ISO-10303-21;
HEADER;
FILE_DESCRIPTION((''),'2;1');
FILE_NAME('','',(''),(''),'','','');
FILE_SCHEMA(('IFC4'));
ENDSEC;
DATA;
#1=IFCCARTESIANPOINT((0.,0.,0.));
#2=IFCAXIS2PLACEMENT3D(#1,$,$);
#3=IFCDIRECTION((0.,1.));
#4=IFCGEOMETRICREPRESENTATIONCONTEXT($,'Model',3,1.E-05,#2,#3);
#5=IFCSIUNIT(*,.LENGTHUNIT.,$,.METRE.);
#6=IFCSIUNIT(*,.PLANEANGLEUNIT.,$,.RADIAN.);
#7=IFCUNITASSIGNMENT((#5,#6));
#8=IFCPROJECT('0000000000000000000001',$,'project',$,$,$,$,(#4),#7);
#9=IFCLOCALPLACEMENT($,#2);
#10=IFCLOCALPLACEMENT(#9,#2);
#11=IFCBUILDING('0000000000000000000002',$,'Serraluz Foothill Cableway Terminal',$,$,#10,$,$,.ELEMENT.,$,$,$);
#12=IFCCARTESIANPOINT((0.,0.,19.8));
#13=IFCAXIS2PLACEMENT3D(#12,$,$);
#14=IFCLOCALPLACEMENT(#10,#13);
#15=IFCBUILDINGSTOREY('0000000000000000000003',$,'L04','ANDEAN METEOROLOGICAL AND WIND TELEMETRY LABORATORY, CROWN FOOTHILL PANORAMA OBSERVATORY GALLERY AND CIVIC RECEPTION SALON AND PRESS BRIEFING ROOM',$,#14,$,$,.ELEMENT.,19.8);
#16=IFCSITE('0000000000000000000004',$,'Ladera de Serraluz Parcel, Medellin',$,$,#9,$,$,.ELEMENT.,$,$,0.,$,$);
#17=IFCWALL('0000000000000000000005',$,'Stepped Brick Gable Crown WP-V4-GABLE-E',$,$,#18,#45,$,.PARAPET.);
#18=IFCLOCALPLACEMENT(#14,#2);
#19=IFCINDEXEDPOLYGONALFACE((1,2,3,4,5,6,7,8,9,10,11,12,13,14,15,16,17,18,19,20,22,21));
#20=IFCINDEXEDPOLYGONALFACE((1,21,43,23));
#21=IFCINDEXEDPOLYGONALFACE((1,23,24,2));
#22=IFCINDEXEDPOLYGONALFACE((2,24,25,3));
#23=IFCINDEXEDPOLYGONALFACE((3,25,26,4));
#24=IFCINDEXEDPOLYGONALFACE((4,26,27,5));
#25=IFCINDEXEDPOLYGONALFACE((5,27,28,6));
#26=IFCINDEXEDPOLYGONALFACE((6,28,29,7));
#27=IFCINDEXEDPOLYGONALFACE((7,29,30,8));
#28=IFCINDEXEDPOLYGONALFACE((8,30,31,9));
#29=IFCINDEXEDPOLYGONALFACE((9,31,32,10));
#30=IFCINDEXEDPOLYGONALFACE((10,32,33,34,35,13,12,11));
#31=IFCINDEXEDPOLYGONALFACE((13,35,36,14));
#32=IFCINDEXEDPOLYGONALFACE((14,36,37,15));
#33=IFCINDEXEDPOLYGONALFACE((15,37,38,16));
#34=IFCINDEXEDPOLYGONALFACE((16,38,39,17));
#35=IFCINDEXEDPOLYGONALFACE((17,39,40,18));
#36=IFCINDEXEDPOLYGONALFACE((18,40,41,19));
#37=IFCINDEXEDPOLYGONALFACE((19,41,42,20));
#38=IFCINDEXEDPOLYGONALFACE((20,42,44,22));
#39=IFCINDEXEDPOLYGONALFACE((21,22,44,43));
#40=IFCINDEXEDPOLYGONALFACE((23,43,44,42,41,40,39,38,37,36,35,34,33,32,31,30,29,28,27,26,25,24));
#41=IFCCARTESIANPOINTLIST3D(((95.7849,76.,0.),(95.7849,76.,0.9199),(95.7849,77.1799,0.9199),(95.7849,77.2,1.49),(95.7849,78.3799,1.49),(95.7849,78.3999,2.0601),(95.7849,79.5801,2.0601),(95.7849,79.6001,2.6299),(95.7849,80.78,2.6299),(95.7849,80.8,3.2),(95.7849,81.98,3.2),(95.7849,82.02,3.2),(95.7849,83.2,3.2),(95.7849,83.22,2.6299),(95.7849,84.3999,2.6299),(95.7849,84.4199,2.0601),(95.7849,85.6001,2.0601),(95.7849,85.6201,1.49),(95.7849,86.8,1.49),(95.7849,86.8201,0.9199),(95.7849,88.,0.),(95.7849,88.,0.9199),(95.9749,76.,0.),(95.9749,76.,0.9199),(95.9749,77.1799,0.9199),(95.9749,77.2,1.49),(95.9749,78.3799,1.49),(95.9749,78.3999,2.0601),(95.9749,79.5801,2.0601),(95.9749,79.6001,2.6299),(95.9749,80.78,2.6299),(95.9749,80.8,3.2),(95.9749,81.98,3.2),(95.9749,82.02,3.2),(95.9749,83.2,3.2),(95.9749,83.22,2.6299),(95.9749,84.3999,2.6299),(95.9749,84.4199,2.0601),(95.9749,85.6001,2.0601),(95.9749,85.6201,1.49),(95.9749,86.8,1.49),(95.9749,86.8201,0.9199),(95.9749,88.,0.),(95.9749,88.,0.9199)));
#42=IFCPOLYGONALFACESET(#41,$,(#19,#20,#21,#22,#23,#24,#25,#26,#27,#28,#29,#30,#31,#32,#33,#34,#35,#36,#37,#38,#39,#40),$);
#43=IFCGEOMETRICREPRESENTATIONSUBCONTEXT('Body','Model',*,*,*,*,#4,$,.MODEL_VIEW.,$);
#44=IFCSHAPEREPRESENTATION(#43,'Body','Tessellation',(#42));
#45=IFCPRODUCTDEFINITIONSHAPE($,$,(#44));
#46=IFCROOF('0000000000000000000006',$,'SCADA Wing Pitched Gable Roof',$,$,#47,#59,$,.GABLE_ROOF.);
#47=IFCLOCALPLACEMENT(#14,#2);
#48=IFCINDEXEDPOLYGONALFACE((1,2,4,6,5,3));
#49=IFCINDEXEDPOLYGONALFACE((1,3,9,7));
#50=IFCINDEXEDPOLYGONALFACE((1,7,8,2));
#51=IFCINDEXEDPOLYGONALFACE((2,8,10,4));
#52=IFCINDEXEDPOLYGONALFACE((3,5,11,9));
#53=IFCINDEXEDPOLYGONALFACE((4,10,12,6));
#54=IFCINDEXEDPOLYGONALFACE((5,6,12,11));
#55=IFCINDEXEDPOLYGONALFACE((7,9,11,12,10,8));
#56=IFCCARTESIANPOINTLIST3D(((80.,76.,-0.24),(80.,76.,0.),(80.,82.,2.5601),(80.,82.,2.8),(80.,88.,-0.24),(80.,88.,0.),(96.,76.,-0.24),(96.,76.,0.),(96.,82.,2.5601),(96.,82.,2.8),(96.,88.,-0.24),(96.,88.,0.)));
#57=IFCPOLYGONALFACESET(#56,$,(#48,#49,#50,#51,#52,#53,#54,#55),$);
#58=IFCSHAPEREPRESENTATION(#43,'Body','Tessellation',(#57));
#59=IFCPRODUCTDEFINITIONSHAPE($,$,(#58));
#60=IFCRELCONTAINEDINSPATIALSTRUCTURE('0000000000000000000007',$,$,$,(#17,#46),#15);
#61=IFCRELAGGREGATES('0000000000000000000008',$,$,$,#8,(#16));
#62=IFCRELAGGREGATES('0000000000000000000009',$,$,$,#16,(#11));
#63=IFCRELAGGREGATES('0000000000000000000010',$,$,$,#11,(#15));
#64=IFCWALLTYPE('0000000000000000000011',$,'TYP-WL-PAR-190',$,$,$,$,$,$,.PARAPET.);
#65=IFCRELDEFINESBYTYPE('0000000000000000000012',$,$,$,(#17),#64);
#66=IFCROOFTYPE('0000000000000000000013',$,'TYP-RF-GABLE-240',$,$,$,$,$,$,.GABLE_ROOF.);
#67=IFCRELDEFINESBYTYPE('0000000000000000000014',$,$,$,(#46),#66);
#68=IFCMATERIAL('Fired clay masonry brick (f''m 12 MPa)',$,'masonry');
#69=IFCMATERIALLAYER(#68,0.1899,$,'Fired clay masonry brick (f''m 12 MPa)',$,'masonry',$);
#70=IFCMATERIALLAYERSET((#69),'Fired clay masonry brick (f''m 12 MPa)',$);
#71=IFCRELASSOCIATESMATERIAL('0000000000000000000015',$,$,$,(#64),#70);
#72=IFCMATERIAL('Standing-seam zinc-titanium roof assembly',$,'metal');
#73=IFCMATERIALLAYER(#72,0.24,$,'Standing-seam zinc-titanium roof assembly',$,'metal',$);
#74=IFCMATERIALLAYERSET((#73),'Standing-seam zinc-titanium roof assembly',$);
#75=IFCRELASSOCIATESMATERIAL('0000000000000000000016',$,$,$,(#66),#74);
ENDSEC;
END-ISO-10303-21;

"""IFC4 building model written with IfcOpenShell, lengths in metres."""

from ifc_helpers import new_model, si_unit, direction, frame, origin, place, context, subcontext, project, spatial, polyline, outline, extrude, material, layer, layer_set, type_object, element, save


model = new_model("IFC4")

# Units and contexts
model_context = context("Model", 3, precision=1e-05, world=origin(), true_north=direction((0.0, 1.0)))
body_context = subcontext(model_context, "Body", "Model", "MODEL_VIEW")
ifc_project = project(units=[si_unit("LENGTHUNIT", "METRE"), si_unit("PLANEANGLEUNIT", "RADIAN")], contexts=[model_context])

# Site, building, storey
site_placement = place(None, origin())
site = spatial("IfcSite", under=ifc_project, at=site_placement, Name="Ladera de Serraluz Parcel, Medellin", CompositionType="ELEMENT", RefElevation=0.0)
building_placement = place(site_placement, origin())
building = spatial("IfcBuilding", under=site, at=building_placement, Name="Serraluz Foothill Cableway Terminal", CompositionType="ELEMENT")
storey_placement = place(building_placement, frame((0.0, 0.0, 19.8)))
storey = spatial("IfcBuildingStorey", under=building, at=storey_placement, Name="L04", Description="ANDEAN METEOROLOGICAL AND WIND TELEMETRY LABORATORY, CROWN FOOTHILL PANORAMA OBSERVATORY GALLERY AND CIVIC RECEPTION SALON AND PRESS BRIEFING ROOM", CompositionType="ELEMENT", Elevation=19.8)

# Wall
ifc_material_1 = material(Name="Fired clay masonry brick (f'm 12 MPa)", Category="masonry")
ifc_layer_1 = layer(ifc_material_1, 0.1899, Name="Fired clay masonry brick (f'm 12 MPa)", Category="masonry")
ifc_layer_set_1 = layer_set([ifc_layer_1], Name="Fired clay masonry brick (f'm 12 MPa)")
wall_type = type_object("IfcWallType", Name="TYP-WL-PAR-190", PredefinedType="PARAPET", material=ifc_layer_set_1)
for number, where, z_axis, x_axis, name in (
    (1, (95.8799, 88.0, 0.0), (0.0, 0.0, 1.0), (0.0, -1.0, 0.0), "Stepped Brick Gable Crown WP-V4-GABLE-E"),
):
    element("IfcWall", number, at=place(storey_placement, frame(where, z_axis=z_axis, x_axis=x_axis)), inside=storey, type_object=wall_type, Name=name, PredefinedType="PARAPET", context=body_context, shape_type="SweptSolid", body=[
        extrude(outline(polyline([(0.0, 0.0), (12.0, 0.0), (12.0, 0.9199), (10.8201, 0.9199), (10.8, 1.49), (9.6201, 1.49), (9.6001, 2.0601), (8.4199, 2.0601), (8.3999, 2.6299), (7.22, 2.6299), (7.2, 3.2), (6.02, 3.2), (5.98, 3.2), (4.8, 3.2), (4.78, 2.6299), (3.6001, 2.6299), (3.5801, 2.0601), (2.3999, 2.0601), (2.3799, 1.49), (1.2, 1.49), (1.1799, 0.9199), (0.0, 0.9199), (0.0, 0.0)])), frame((0.0, 0.095, 0.0), z_axis=(0.0, -1.0, 0.0), x_axis=(1.0, 0.0, 0.0)), (0.0, 0.0, 1.0), 0.1899),
    ])

# Roof
ifc_material_2 = material(Name="Standing-seam zinc-titanium roof assembly", Category="metal")
ifc_layer_2 = layer(ifc_material_2, 0.24, Name="Standing-seam zinc-titanium roof assembly", Category="metal")
ifc_layer_set_2 = layer_set([ifc_layer_2], Name="Standing-seam zinc-titanium roof assembly")
roof_type = type_object("IfcRoofType", Name="TYP-RF-GABLE-240", PredefinedType="GABLE_ROOF", material=ifc_layer_set_2)
roof_placement = place(storey_placement, frame((80.0, 76.0, 0.0)))
element("IfcRoof", 2, at=roof_placement, inside=storey, type_object=roof_type, Name="SCADA Wing Pitched Gable Roof", PredefinedType="GABLE_ROOF", context=body_context, shape_type="SweptSolid", body=[
    extrude(outline(polyline([(0.0, 0.0), (6.0, 2.8), (12.0, 0.0), (12.0, -0.24), (6.0, 2.5601), (0.0, -0.24), (0.0, 0.0)])), frame((0.0, 0.0, 0.0), z_axis=(1.0, 0.0, 0.0), x_axis=(0.0, 1.0, 0.0)), (0.0, 0.0, 1.0), 16.0),
])

save(model, "model.ifc")
